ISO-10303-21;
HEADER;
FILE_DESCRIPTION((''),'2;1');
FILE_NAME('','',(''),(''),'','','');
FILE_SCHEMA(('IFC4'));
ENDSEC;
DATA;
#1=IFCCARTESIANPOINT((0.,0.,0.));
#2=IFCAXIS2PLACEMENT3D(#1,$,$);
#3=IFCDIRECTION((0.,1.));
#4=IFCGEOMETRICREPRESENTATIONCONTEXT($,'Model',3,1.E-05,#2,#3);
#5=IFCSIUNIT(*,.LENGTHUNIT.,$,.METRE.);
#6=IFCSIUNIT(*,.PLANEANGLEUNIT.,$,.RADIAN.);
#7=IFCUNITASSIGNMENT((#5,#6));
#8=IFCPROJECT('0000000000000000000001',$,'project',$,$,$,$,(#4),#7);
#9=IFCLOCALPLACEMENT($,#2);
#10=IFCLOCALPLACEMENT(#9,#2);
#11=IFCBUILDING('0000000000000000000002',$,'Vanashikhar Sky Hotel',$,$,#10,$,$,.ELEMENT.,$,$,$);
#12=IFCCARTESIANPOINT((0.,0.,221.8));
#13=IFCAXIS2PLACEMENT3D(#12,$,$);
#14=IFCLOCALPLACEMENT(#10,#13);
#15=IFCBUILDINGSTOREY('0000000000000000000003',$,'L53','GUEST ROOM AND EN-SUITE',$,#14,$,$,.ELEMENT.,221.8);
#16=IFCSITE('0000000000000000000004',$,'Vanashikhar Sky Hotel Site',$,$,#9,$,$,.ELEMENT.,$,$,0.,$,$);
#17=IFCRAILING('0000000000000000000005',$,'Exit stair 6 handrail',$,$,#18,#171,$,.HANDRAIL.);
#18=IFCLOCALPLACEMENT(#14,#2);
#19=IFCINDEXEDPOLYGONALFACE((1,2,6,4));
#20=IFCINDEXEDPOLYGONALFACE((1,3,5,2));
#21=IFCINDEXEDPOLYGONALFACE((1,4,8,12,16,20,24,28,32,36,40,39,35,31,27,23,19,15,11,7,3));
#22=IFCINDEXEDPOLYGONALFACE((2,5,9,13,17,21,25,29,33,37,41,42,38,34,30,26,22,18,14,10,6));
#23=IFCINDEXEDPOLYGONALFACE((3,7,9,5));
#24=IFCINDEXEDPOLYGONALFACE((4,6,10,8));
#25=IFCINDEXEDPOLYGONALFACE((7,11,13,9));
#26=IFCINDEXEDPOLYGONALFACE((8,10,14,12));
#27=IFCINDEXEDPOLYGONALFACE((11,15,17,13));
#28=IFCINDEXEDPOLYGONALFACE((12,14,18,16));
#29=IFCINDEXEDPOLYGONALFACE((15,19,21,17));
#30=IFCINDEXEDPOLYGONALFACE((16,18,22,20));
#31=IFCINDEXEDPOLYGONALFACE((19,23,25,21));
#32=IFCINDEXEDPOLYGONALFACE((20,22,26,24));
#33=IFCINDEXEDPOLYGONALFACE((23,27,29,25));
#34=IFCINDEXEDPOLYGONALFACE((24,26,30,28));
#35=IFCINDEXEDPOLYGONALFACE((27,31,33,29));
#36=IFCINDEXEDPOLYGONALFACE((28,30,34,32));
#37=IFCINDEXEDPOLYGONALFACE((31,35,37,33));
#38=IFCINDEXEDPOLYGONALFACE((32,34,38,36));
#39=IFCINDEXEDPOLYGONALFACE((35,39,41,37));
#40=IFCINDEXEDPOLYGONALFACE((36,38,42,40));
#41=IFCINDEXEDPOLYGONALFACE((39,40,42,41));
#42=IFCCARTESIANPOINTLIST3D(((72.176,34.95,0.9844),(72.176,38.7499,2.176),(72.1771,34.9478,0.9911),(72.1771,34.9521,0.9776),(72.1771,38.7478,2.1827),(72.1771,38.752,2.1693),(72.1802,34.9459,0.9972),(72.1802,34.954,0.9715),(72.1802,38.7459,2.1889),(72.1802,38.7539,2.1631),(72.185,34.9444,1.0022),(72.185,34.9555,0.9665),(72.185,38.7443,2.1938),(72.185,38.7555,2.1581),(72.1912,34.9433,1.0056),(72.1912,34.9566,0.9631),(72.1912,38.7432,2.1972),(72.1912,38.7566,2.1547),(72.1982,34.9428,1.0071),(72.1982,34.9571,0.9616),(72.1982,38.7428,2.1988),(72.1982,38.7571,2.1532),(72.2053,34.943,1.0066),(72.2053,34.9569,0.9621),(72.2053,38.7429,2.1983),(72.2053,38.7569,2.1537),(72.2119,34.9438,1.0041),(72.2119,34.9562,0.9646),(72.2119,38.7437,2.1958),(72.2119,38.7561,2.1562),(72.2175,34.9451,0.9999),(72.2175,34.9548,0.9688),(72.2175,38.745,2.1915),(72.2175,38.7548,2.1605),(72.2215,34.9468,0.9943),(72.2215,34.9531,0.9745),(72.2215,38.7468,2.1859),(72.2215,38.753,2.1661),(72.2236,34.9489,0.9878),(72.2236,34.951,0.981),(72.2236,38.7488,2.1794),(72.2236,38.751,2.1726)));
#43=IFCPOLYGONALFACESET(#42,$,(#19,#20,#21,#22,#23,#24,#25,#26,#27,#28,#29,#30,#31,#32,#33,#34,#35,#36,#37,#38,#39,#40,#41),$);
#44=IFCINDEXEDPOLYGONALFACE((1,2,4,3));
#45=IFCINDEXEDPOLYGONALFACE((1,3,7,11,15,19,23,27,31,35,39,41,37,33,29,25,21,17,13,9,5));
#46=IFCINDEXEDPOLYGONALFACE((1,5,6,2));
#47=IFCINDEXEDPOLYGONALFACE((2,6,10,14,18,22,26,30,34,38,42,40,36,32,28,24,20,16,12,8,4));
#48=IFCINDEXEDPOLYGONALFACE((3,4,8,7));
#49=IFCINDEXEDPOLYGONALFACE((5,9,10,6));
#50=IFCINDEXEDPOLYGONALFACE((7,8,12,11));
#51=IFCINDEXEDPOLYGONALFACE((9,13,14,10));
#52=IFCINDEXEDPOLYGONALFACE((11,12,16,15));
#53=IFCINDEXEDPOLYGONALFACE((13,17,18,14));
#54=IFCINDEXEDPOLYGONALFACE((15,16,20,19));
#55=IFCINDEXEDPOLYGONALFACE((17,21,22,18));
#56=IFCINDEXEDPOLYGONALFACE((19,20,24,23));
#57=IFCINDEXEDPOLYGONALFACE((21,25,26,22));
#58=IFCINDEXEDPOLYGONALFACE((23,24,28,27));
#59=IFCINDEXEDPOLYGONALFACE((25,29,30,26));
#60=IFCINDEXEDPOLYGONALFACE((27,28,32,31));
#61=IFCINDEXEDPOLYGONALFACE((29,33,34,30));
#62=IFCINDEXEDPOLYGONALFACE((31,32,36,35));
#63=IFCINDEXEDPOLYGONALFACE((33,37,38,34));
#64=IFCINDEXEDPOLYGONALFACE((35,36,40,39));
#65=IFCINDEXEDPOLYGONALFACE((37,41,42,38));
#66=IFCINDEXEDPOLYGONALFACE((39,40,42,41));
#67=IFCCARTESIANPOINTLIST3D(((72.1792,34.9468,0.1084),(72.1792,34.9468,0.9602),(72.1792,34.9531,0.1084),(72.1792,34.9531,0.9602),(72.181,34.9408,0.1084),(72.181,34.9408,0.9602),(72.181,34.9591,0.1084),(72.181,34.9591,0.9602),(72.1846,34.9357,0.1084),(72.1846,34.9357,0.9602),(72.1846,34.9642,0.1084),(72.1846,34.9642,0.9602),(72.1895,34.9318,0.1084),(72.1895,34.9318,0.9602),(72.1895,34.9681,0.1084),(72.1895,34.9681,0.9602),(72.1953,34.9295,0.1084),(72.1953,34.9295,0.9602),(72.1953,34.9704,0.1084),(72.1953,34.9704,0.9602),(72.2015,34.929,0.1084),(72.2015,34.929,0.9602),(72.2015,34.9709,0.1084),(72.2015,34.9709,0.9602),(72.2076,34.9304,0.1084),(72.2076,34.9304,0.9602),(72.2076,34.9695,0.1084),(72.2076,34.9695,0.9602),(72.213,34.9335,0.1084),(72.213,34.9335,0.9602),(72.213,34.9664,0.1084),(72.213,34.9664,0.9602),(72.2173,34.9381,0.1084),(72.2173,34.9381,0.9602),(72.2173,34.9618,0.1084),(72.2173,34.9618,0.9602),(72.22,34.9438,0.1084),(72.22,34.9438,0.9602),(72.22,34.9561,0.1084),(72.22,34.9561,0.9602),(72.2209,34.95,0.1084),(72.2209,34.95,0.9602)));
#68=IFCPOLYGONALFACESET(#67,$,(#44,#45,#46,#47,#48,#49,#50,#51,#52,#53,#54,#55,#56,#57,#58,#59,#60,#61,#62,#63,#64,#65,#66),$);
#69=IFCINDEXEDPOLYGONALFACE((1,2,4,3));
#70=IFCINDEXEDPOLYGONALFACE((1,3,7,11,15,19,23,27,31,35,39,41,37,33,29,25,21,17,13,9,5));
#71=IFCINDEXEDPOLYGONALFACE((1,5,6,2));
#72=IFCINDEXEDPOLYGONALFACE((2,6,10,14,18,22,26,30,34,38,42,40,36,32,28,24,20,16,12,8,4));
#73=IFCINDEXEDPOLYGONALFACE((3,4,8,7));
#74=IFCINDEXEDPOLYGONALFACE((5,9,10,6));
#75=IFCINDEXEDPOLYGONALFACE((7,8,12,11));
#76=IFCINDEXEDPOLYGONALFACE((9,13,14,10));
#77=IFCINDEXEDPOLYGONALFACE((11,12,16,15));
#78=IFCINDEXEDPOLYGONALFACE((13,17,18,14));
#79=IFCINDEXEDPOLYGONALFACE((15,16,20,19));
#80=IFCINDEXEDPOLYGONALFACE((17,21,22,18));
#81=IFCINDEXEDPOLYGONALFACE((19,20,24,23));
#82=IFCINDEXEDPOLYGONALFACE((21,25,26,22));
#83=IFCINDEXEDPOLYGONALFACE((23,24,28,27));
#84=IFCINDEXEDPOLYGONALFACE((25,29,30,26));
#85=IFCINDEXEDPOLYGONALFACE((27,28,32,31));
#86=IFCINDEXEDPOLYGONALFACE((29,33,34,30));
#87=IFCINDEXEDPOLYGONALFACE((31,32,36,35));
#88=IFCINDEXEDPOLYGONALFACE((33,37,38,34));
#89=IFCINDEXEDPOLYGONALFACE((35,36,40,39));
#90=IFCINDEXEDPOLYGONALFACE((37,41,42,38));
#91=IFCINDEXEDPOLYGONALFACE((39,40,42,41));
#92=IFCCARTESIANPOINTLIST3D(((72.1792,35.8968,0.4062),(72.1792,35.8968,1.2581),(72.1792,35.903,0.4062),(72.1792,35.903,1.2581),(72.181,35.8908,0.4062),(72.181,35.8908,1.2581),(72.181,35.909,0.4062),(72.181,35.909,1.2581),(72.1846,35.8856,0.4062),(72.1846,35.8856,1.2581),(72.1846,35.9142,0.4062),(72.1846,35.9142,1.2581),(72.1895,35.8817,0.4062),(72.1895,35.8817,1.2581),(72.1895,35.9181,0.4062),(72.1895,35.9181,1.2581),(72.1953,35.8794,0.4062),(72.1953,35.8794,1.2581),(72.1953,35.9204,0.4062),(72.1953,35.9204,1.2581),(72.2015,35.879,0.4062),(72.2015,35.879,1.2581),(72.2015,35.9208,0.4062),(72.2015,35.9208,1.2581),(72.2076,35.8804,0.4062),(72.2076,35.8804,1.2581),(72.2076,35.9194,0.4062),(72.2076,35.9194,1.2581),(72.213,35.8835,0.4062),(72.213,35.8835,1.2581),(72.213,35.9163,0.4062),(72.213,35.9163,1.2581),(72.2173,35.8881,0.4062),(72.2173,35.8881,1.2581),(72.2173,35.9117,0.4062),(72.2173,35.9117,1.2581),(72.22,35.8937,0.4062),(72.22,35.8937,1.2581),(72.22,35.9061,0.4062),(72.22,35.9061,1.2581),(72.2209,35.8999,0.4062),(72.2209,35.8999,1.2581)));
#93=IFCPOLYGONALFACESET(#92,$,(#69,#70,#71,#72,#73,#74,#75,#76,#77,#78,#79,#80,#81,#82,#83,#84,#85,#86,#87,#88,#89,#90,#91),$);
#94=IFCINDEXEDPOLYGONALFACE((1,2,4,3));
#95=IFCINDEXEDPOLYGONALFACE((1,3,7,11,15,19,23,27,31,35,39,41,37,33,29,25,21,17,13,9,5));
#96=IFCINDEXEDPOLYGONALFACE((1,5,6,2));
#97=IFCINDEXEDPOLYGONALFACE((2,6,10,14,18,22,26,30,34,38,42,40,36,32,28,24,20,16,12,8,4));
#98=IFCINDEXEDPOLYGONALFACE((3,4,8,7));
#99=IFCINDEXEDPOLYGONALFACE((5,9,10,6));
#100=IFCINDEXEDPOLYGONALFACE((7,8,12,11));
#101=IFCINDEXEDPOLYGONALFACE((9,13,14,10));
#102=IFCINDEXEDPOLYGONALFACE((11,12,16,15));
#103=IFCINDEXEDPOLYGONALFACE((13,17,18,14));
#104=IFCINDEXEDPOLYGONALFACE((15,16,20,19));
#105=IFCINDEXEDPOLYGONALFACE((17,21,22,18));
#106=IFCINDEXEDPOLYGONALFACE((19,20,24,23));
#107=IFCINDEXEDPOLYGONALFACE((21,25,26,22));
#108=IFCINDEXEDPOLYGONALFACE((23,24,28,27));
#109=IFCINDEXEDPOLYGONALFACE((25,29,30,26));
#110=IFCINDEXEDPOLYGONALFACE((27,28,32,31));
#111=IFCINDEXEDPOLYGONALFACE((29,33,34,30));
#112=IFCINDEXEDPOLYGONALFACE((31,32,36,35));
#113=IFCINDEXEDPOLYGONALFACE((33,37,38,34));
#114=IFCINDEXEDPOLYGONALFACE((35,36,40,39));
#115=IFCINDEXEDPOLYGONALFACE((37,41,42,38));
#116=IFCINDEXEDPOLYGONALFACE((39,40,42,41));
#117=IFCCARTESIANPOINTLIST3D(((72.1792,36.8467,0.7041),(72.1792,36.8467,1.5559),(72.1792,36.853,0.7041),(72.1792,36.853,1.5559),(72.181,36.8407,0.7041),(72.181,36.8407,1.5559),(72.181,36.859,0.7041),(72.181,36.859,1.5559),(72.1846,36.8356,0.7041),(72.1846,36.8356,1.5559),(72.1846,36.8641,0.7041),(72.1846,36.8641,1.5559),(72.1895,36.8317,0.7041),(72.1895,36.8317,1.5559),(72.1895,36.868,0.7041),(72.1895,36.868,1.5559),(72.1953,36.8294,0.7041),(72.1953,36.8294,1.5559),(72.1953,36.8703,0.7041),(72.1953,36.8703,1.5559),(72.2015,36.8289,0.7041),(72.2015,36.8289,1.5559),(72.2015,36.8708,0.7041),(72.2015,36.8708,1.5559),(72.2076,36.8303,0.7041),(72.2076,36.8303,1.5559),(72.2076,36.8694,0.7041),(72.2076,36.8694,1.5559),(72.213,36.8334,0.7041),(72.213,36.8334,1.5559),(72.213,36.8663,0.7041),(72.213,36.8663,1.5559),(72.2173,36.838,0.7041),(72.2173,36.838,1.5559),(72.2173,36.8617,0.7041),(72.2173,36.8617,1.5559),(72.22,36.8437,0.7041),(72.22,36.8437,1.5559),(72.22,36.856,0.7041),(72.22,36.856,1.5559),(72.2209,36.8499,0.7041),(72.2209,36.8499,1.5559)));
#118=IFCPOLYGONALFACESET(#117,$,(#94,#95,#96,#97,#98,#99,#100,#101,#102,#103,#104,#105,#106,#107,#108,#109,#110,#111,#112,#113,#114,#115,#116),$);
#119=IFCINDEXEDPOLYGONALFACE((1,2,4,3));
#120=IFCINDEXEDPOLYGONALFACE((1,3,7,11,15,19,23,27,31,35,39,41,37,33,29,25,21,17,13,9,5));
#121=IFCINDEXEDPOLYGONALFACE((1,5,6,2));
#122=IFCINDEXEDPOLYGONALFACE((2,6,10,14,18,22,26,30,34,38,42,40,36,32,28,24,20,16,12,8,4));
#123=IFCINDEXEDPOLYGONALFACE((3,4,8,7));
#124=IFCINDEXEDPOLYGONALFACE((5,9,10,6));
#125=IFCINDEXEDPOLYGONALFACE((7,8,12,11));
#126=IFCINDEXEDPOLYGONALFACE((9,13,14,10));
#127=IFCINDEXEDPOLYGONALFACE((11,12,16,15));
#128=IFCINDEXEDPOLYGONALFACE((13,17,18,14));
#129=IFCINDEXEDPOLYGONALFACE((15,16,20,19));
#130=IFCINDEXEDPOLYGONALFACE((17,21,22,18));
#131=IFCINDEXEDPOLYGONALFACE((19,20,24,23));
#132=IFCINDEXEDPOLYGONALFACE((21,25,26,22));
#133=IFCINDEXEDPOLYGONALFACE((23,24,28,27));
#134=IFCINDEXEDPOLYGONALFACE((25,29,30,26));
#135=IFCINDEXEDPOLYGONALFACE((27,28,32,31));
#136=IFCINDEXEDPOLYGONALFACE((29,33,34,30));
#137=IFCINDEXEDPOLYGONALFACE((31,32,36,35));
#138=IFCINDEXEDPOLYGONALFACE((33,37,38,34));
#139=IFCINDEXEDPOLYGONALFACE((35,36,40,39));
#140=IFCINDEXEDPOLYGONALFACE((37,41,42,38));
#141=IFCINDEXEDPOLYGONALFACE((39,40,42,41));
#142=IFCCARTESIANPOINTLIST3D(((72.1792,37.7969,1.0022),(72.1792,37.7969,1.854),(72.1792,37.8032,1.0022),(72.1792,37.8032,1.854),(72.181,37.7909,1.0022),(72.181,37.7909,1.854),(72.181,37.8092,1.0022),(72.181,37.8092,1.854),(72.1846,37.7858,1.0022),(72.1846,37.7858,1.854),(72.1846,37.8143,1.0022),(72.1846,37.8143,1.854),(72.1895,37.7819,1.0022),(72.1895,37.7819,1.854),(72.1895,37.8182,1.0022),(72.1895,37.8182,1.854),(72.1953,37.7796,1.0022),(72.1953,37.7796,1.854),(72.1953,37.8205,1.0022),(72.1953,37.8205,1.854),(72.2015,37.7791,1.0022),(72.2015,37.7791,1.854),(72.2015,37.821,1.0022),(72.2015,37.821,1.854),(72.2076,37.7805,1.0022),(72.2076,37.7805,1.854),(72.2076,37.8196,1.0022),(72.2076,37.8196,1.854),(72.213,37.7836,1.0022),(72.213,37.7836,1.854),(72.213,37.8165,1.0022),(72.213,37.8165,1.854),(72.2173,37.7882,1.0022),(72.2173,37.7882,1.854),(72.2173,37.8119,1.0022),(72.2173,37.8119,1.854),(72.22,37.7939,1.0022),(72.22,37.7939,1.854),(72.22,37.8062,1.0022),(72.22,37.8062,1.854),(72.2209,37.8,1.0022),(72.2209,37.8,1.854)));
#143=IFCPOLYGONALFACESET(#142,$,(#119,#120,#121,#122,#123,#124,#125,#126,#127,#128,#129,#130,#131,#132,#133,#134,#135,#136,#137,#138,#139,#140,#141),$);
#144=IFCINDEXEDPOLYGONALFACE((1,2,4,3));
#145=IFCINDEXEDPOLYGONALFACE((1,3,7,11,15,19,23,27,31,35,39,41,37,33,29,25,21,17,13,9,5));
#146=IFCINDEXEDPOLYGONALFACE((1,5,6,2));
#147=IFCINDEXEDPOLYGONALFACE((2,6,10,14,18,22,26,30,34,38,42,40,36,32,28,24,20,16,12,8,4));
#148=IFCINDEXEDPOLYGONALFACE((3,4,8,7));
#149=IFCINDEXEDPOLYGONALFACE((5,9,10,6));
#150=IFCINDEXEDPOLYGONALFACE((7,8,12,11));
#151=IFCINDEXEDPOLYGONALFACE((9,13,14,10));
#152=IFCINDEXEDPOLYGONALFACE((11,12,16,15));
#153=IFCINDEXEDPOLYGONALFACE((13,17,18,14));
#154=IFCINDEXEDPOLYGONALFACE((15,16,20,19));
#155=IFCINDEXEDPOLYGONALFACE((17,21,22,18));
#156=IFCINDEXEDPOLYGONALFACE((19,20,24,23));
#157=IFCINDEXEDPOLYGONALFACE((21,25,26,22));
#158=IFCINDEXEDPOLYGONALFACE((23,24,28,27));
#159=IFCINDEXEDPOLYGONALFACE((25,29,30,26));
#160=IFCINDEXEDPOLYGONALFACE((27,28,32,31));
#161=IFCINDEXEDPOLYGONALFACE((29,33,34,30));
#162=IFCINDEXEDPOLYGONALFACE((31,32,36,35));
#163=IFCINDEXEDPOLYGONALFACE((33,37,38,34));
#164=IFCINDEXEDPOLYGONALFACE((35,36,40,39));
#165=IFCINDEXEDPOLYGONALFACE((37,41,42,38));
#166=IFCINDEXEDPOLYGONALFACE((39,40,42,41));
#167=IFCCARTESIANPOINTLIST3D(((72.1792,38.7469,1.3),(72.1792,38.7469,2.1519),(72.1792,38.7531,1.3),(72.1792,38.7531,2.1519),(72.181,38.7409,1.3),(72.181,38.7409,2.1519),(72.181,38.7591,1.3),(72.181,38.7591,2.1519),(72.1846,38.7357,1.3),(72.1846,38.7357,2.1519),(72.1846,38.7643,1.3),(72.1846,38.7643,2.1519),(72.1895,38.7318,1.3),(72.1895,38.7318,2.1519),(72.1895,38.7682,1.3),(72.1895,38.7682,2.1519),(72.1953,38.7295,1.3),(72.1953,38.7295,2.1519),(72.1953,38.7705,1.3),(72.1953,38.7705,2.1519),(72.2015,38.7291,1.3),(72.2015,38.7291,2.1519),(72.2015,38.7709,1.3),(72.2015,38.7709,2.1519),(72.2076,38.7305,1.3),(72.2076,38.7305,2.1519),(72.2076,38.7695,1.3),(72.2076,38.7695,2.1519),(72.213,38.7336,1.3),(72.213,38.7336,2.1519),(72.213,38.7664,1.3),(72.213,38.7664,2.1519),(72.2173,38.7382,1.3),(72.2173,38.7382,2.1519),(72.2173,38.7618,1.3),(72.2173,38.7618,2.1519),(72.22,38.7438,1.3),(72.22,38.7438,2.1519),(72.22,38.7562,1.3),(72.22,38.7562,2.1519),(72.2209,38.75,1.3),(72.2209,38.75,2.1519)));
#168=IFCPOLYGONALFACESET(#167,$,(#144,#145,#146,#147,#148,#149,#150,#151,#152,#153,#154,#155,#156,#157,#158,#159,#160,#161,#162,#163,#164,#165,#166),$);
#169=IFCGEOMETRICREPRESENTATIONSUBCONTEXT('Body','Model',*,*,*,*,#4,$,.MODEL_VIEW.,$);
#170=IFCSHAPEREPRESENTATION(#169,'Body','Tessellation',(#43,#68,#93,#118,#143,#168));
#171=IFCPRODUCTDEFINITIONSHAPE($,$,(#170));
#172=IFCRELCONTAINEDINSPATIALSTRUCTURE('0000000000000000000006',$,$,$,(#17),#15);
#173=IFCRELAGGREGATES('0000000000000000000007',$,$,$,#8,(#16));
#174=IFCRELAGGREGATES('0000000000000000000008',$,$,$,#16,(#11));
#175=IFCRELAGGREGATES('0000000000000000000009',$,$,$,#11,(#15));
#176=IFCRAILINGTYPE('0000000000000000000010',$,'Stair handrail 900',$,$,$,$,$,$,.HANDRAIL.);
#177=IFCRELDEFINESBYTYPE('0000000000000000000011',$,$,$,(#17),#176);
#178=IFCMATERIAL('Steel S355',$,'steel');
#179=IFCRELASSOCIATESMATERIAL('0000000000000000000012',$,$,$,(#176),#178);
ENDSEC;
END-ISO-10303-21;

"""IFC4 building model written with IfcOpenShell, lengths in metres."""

from ifc_helpers import new_model, si_unit, direction, frame, origin, origin_2d, place, context, subcontext, project, spatial, circle, extrude, source, transform, mapped, material, type_object, element, save


model = new_model("IFC4")

# Units and contexts
model_context = context("Model", 3, precision=1e-05, world=origin(), true_north=direction((0.0, 1.0)))
body_context = subcontext(model_context, "Body", "Model", "MODEL_VIEW")
ifc_project = project(units=[si_unit("LENGTHUNIT", "METRE"), si_unit("PLANEANGLEUNIT", "RADIAN")], contexts=[model_context])

# Site, building, storey
site_placement = place(None, origin())
site = spatial("IfcSite", under=ifc_project, at=site_placement, Name="Vanashikhar Sky Hotel Site", CompositionType="ELEMENT", RefElevation=0.0)
building_placement = place(site_placement, origin())
building = spatial("IfcBuilding", under=site, at=building_placement, Name="Vanashikhar Sky Hotel", CompositionType="ELEMENT")
storey_placement = place(building_placement, frame((0.0, 0.0, 221.8)))
storey = spatial("IfcBuildingStorey", under=building, at=storey_placement, Name="L53", Description="GUEST ROOM AND EN-SUITE", CompositionType="ELEMENT", Elevation=221.8)

# Railing
ifc_material_1 = material(Name="Steel S355", Category="steel")
railing_type_1 = type_object("IfcRailingType", Name="Stair handrail 900", PredefinedType="HANDRAIL", material=ifc_material_1)
shared_shape_1 = source(origin(), body_context, "Body", "SweptSolid", [
    extrude(circle(Radius=0.0239, at=origin_2d()), frame((0.0, 0.0, 0.876), z_axis=(0.0, 0.954184, 0.299221), x_axis=(-1.0, 0.0, 0.0)), (0.0, 0.0, 1.0), 3.9824),
    extrude(circle(Radius=0.021, at=origin_2d()), origin(), (0.0, 0.0, 1.0), 0.8518),
    extrude(circle(Radius=0.021, at=origin_2d()), frame((0.0, 0.95, 0.2979)), (0.0, 0.0, 1.0), 0.8518),
    extrude(circle(Radius=0.021, at=origin_2d()), frame((0.0, 1.8999, 0.5957)), (0.0, 0.0, 1.0), 0.8518),
    extrude(circle(Radius=0.021, at=origin_2d()), frame((0.0, 2.8501, 0.8938)), (0.0, 0.0, 1.0), 0.8518),
    extrude(circle(Radius=0.021, at=origin_2d()), frame((0.0, 3.8, 1.1917)), (0.0, 0.0, 1.0), 0.8518),
])
for number, where, name in (
    (1, (72.2, 34.95, 0.1084), "Exit stair 6 handrail"),
):
    element("IfcRailing", number, at=place(storey_placement, frame(where)), inside=storey, type_object=railing_type_1, Name=name, PredefinedType="HANDRAIL", context=body_context, shape_type="MappedRepresentation", body=[
        mapped(shared_shape_1, transform((0.0, 0.0, 0.0), scale=1.0)),
    ])

save(model, "model.ifc")
